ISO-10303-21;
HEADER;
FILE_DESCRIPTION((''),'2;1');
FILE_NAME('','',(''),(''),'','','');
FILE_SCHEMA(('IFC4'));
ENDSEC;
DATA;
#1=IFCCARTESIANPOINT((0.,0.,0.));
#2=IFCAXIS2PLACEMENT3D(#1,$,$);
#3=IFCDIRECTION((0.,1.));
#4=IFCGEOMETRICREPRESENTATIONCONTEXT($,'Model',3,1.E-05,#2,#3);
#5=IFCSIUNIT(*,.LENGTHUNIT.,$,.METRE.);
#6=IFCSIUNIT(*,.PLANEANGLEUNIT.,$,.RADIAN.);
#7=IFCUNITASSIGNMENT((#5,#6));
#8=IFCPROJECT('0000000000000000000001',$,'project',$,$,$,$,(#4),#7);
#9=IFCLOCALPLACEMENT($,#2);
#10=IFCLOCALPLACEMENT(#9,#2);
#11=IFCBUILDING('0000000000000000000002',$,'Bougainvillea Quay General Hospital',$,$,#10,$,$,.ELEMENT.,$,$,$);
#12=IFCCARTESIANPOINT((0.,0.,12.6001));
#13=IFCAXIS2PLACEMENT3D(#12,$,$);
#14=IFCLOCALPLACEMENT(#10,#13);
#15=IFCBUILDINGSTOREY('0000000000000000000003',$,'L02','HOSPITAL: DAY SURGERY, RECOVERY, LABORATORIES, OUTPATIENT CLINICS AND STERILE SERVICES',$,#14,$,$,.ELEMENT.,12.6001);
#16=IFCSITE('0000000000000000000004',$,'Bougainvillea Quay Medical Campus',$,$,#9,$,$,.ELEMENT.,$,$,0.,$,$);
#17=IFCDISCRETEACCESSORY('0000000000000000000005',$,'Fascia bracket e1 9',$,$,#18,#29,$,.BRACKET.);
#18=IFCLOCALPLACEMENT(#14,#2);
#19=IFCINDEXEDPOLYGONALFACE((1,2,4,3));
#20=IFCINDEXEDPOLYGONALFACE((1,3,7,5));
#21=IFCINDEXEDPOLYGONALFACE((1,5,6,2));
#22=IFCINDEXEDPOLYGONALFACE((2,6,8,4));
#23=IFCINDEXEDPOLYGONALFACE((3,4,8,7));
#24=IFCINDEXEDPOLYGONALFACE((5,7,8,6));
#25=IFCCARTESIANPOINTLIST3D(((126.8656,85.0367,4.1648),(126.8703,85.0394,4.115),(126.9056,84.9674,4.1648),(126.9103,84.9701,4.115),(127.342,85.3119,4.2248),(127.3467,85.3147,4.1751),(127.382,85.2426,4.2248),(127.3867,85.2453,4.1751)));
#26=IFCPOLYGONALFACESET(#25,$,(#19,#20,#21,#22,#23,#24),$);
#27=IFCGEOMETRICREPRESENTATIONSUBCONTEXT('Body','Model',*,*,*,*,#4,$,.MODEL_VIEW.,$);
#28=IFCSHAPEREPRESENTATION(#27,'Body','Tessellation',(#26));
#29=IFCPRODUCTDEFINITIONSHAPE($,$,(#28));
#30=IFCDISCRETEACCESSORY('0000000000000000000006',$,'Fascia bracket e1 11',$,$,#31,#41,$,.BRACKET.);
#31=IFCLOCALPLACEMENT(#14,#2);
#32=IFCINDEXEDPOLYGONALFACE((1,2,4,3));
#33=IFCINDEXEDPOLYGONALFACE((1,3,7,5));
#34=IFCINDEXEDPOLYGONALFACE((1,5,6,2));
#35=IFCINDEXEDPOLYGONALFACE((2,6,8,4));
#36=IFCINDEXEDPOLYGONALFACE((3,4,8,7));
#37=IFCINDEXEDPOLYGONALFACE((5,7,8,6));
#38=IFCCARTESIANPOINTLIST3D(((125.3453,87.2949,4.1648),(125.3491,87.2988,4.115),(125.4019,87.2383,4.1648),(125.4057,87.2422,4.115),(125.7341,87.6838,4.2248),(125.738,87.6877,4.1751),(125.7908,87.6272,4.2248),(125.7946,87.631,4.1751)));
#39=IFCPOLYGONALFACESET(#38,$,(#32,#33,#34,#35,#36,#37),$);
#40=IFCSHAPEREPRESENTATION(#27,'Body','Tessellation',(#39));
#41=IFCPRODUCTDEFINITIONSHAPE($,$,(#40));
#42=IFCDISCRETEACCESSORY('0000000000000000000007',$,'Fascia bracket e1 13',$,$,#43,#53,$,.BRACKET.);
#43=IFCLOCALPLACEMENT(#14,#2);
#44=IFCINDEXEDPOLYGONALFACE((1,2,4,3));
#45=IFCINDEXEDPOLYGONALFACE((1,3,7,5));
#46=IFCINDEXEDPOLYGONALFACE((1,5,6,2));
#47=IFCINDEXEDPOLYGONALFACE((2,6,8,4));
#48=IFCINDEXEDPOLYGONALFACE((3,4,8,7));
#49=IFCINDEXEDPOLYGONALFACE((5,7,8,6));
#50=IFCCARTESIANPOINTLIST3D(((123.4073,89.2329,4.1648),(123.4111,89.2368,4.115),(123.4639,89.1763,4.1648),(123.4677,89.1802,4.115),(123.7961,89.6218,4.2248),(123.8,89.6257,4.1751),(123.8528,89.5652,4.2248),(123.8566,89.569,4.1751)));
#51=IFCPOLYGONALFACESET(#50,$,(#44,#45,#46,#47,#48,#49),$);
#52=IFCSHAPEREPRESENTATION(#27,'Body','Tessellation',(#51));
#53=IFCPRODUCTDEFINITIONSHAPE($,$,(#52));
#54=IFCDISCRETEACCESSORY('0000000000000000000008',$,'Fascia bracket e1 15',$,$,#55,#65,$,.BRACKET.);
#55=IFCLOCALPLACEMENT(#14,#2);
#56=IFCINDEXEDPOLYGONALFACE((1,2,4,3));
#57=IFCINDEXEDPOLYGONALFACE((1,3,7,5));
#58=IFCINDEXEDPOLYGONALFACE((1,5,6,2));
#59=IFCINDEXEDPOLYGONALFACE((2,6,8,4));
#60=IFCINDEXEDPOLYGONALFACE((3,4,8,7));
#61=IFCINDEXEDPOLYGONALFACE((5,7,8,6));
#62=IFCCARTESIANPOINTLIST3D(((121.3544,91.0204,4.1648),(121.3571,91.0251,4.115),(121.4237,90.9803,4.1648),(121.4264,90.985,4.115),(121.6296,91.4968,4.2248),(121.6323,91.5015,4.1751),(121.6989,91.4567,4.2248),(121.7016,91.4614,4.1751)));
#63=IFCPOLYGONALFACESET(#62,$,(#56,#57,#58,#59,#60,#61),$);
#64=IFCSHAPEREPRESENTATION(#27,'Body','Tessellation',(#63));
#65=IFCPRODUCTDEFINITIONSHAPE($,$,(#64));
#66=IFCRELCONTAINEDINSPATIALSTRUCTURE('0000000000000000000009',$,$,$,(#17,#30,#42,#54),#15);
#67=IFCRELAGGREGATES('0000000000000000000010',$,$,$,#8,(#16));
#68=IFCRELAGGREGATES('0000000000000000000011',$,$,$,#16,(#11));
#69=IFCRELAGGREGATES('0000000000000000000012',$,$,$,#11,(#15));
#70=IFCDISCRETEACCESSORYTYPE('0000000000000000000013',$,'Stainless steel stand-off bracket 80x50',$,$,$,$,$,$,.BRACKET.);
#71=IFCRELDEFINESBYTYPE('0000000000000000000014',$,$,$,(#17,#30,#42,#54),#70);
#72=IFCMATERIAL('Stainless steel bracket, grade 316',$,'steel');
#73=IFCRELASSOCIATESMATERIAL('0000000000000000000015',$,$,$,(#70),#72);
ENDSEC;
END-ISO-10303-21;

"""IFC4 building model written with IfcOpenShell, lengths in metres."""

from ifc_helpers import new_model, si_unit, direction, frame, origin, origin_2d, place, context, subcontext, project, spatial, rectangle, extrude, material, material_profile, profile_set, type_object, element, save


model = new_model("IFC4")

# Units and contexts
model_context = context("Model", 3, precision=1e-05, world=origin(), true_north=direction((0.0, 1.0)))
body_context = subcontext(model_context, "Body", "Model", "MODEL_VIEW")
ifc_project = project(units=[si_unit("LENGTHUNIT", "METRE"), si_unit("PLANEANGLEUNIT", "RADIAN")], contexts=[model_context])

# Site, building, storey
site_placement = place(None, origin())
site = spatial("IfcSite", under=ifc_project, at=site_placement, Name="Bougainvillea Quay Medical Campus", CompositionType="ELEMENT", RefElevation=0.0)
building_placement = place(site_placement, origin())
building = spatial("IfcBuilding", under=site, at=building_placement, Name="Bougainvillea Quay General Hospital", CompositionType="ELEMENT")
storey_placement = place(building_placement, frame((0.0, 0.0, 12.6001)))
storey = spatial("IfcBuildingStorey", under=building, at=storey_placement, Name="L02", Description="HOSPITAL: DAY SURGERY, RECOVERY, LABORATORIES, OUTPATIENT CLINICS AND STERILE SERVICES", CompositionType="ELEMENT", Elevation=12.6001)

# Discrete accessories
ifc_material_1 = material(Name="Stainless steel bracket, grade 316", Category="steel")
ifc_material_profile_1 = material_profile(ifc_material_1, rectangle(XDim=0.0801, YDim=0.05, at=origin_2d()))
ifc_profile_set_1 = profile_set([ifc_material_profile_1], Name="Stainless steel bracket, grade 316")
discrete_accessory_type = type_object("IfcDiscreteAccessoryType", Name="Stainless steel stand-off bracket 80x50", PredefinedType="BRACKET", material=ifc_profile_set_1)
discrete_accessory_1_placement = place(storey_placement, frame((126.8879, 85.0034, 4.1399), z_axis=(0.860797, 0.497241, 0.108537), x_axis=(-0.500196, 0.865912, 0.0)))
element("IfcDiscreteAccessory", 1, at=discrete_accessory_1_placement, inside=storey, type_object=discrete_accessory_type, Name="Fascia bracket e1 9", PredefinedType="BRACKET", context=body_context, shape_type="SweptSolid", body=[
    extrude(rectangle(XDim=0.0801, YDim=0.05, at=origin_2d()), origin(), (0.0, 0.0, 1.0), 0.5535),
])
for number, where, z_axis, x_axis, name in (
    (2, (125.3755, 87.2686, 4.1399), (0.702928, 0.702928, 0.10855), (-0.707107, 0.707107, 0.0), "Fascia bracket e1 11"),
    (3, (123.4375, 89.2065, 4.1399), (0.702928, 0.702928, 0.10855), (-0.707107, 0.707107, 0.0), "Fascia bracket e1 13"),
):
    element("IfcDiscreteAccessory", number, at=place(storey_placement, frame(where, z_axis=z_axis, x_axis=x_axis)), inside=storey, type_object=discrete_accessory_type, Name=name, PredefinedType="BRACKET", context=body_context, shape_type="SweptSolid", body=[
        extrude(rectangle(XDim=0.0801, YDim=0.05, at=origin_2d()), origin(), (0.0, 0.0, 1.0), 0.5532),
    ])
discrete_accessory_2_placement = place(storey_placement, frame((121.3904, 91.0027, 4.1399), z_axis=(0.497241, 0.860797, 0.108537), x_axis=(-0.865912, 0.500196, 0.0)))
element("IfcDiscreteAccessory", 4, at=discrete_accessory_2_placement, inside=storey, type_object=discrete_accessory_type, Name="Fascia bracket e1 15", PredefinedType="BRACKET", context=body_context, shape_type="SweptSolid", body=[
    extrude(rectangle(XDim=0.0801, YDim=0.05, at=origin_2d()), origin(), (0.0, 0.0, 1.0), 0.5535),
])

save(model, "model.ifc")
